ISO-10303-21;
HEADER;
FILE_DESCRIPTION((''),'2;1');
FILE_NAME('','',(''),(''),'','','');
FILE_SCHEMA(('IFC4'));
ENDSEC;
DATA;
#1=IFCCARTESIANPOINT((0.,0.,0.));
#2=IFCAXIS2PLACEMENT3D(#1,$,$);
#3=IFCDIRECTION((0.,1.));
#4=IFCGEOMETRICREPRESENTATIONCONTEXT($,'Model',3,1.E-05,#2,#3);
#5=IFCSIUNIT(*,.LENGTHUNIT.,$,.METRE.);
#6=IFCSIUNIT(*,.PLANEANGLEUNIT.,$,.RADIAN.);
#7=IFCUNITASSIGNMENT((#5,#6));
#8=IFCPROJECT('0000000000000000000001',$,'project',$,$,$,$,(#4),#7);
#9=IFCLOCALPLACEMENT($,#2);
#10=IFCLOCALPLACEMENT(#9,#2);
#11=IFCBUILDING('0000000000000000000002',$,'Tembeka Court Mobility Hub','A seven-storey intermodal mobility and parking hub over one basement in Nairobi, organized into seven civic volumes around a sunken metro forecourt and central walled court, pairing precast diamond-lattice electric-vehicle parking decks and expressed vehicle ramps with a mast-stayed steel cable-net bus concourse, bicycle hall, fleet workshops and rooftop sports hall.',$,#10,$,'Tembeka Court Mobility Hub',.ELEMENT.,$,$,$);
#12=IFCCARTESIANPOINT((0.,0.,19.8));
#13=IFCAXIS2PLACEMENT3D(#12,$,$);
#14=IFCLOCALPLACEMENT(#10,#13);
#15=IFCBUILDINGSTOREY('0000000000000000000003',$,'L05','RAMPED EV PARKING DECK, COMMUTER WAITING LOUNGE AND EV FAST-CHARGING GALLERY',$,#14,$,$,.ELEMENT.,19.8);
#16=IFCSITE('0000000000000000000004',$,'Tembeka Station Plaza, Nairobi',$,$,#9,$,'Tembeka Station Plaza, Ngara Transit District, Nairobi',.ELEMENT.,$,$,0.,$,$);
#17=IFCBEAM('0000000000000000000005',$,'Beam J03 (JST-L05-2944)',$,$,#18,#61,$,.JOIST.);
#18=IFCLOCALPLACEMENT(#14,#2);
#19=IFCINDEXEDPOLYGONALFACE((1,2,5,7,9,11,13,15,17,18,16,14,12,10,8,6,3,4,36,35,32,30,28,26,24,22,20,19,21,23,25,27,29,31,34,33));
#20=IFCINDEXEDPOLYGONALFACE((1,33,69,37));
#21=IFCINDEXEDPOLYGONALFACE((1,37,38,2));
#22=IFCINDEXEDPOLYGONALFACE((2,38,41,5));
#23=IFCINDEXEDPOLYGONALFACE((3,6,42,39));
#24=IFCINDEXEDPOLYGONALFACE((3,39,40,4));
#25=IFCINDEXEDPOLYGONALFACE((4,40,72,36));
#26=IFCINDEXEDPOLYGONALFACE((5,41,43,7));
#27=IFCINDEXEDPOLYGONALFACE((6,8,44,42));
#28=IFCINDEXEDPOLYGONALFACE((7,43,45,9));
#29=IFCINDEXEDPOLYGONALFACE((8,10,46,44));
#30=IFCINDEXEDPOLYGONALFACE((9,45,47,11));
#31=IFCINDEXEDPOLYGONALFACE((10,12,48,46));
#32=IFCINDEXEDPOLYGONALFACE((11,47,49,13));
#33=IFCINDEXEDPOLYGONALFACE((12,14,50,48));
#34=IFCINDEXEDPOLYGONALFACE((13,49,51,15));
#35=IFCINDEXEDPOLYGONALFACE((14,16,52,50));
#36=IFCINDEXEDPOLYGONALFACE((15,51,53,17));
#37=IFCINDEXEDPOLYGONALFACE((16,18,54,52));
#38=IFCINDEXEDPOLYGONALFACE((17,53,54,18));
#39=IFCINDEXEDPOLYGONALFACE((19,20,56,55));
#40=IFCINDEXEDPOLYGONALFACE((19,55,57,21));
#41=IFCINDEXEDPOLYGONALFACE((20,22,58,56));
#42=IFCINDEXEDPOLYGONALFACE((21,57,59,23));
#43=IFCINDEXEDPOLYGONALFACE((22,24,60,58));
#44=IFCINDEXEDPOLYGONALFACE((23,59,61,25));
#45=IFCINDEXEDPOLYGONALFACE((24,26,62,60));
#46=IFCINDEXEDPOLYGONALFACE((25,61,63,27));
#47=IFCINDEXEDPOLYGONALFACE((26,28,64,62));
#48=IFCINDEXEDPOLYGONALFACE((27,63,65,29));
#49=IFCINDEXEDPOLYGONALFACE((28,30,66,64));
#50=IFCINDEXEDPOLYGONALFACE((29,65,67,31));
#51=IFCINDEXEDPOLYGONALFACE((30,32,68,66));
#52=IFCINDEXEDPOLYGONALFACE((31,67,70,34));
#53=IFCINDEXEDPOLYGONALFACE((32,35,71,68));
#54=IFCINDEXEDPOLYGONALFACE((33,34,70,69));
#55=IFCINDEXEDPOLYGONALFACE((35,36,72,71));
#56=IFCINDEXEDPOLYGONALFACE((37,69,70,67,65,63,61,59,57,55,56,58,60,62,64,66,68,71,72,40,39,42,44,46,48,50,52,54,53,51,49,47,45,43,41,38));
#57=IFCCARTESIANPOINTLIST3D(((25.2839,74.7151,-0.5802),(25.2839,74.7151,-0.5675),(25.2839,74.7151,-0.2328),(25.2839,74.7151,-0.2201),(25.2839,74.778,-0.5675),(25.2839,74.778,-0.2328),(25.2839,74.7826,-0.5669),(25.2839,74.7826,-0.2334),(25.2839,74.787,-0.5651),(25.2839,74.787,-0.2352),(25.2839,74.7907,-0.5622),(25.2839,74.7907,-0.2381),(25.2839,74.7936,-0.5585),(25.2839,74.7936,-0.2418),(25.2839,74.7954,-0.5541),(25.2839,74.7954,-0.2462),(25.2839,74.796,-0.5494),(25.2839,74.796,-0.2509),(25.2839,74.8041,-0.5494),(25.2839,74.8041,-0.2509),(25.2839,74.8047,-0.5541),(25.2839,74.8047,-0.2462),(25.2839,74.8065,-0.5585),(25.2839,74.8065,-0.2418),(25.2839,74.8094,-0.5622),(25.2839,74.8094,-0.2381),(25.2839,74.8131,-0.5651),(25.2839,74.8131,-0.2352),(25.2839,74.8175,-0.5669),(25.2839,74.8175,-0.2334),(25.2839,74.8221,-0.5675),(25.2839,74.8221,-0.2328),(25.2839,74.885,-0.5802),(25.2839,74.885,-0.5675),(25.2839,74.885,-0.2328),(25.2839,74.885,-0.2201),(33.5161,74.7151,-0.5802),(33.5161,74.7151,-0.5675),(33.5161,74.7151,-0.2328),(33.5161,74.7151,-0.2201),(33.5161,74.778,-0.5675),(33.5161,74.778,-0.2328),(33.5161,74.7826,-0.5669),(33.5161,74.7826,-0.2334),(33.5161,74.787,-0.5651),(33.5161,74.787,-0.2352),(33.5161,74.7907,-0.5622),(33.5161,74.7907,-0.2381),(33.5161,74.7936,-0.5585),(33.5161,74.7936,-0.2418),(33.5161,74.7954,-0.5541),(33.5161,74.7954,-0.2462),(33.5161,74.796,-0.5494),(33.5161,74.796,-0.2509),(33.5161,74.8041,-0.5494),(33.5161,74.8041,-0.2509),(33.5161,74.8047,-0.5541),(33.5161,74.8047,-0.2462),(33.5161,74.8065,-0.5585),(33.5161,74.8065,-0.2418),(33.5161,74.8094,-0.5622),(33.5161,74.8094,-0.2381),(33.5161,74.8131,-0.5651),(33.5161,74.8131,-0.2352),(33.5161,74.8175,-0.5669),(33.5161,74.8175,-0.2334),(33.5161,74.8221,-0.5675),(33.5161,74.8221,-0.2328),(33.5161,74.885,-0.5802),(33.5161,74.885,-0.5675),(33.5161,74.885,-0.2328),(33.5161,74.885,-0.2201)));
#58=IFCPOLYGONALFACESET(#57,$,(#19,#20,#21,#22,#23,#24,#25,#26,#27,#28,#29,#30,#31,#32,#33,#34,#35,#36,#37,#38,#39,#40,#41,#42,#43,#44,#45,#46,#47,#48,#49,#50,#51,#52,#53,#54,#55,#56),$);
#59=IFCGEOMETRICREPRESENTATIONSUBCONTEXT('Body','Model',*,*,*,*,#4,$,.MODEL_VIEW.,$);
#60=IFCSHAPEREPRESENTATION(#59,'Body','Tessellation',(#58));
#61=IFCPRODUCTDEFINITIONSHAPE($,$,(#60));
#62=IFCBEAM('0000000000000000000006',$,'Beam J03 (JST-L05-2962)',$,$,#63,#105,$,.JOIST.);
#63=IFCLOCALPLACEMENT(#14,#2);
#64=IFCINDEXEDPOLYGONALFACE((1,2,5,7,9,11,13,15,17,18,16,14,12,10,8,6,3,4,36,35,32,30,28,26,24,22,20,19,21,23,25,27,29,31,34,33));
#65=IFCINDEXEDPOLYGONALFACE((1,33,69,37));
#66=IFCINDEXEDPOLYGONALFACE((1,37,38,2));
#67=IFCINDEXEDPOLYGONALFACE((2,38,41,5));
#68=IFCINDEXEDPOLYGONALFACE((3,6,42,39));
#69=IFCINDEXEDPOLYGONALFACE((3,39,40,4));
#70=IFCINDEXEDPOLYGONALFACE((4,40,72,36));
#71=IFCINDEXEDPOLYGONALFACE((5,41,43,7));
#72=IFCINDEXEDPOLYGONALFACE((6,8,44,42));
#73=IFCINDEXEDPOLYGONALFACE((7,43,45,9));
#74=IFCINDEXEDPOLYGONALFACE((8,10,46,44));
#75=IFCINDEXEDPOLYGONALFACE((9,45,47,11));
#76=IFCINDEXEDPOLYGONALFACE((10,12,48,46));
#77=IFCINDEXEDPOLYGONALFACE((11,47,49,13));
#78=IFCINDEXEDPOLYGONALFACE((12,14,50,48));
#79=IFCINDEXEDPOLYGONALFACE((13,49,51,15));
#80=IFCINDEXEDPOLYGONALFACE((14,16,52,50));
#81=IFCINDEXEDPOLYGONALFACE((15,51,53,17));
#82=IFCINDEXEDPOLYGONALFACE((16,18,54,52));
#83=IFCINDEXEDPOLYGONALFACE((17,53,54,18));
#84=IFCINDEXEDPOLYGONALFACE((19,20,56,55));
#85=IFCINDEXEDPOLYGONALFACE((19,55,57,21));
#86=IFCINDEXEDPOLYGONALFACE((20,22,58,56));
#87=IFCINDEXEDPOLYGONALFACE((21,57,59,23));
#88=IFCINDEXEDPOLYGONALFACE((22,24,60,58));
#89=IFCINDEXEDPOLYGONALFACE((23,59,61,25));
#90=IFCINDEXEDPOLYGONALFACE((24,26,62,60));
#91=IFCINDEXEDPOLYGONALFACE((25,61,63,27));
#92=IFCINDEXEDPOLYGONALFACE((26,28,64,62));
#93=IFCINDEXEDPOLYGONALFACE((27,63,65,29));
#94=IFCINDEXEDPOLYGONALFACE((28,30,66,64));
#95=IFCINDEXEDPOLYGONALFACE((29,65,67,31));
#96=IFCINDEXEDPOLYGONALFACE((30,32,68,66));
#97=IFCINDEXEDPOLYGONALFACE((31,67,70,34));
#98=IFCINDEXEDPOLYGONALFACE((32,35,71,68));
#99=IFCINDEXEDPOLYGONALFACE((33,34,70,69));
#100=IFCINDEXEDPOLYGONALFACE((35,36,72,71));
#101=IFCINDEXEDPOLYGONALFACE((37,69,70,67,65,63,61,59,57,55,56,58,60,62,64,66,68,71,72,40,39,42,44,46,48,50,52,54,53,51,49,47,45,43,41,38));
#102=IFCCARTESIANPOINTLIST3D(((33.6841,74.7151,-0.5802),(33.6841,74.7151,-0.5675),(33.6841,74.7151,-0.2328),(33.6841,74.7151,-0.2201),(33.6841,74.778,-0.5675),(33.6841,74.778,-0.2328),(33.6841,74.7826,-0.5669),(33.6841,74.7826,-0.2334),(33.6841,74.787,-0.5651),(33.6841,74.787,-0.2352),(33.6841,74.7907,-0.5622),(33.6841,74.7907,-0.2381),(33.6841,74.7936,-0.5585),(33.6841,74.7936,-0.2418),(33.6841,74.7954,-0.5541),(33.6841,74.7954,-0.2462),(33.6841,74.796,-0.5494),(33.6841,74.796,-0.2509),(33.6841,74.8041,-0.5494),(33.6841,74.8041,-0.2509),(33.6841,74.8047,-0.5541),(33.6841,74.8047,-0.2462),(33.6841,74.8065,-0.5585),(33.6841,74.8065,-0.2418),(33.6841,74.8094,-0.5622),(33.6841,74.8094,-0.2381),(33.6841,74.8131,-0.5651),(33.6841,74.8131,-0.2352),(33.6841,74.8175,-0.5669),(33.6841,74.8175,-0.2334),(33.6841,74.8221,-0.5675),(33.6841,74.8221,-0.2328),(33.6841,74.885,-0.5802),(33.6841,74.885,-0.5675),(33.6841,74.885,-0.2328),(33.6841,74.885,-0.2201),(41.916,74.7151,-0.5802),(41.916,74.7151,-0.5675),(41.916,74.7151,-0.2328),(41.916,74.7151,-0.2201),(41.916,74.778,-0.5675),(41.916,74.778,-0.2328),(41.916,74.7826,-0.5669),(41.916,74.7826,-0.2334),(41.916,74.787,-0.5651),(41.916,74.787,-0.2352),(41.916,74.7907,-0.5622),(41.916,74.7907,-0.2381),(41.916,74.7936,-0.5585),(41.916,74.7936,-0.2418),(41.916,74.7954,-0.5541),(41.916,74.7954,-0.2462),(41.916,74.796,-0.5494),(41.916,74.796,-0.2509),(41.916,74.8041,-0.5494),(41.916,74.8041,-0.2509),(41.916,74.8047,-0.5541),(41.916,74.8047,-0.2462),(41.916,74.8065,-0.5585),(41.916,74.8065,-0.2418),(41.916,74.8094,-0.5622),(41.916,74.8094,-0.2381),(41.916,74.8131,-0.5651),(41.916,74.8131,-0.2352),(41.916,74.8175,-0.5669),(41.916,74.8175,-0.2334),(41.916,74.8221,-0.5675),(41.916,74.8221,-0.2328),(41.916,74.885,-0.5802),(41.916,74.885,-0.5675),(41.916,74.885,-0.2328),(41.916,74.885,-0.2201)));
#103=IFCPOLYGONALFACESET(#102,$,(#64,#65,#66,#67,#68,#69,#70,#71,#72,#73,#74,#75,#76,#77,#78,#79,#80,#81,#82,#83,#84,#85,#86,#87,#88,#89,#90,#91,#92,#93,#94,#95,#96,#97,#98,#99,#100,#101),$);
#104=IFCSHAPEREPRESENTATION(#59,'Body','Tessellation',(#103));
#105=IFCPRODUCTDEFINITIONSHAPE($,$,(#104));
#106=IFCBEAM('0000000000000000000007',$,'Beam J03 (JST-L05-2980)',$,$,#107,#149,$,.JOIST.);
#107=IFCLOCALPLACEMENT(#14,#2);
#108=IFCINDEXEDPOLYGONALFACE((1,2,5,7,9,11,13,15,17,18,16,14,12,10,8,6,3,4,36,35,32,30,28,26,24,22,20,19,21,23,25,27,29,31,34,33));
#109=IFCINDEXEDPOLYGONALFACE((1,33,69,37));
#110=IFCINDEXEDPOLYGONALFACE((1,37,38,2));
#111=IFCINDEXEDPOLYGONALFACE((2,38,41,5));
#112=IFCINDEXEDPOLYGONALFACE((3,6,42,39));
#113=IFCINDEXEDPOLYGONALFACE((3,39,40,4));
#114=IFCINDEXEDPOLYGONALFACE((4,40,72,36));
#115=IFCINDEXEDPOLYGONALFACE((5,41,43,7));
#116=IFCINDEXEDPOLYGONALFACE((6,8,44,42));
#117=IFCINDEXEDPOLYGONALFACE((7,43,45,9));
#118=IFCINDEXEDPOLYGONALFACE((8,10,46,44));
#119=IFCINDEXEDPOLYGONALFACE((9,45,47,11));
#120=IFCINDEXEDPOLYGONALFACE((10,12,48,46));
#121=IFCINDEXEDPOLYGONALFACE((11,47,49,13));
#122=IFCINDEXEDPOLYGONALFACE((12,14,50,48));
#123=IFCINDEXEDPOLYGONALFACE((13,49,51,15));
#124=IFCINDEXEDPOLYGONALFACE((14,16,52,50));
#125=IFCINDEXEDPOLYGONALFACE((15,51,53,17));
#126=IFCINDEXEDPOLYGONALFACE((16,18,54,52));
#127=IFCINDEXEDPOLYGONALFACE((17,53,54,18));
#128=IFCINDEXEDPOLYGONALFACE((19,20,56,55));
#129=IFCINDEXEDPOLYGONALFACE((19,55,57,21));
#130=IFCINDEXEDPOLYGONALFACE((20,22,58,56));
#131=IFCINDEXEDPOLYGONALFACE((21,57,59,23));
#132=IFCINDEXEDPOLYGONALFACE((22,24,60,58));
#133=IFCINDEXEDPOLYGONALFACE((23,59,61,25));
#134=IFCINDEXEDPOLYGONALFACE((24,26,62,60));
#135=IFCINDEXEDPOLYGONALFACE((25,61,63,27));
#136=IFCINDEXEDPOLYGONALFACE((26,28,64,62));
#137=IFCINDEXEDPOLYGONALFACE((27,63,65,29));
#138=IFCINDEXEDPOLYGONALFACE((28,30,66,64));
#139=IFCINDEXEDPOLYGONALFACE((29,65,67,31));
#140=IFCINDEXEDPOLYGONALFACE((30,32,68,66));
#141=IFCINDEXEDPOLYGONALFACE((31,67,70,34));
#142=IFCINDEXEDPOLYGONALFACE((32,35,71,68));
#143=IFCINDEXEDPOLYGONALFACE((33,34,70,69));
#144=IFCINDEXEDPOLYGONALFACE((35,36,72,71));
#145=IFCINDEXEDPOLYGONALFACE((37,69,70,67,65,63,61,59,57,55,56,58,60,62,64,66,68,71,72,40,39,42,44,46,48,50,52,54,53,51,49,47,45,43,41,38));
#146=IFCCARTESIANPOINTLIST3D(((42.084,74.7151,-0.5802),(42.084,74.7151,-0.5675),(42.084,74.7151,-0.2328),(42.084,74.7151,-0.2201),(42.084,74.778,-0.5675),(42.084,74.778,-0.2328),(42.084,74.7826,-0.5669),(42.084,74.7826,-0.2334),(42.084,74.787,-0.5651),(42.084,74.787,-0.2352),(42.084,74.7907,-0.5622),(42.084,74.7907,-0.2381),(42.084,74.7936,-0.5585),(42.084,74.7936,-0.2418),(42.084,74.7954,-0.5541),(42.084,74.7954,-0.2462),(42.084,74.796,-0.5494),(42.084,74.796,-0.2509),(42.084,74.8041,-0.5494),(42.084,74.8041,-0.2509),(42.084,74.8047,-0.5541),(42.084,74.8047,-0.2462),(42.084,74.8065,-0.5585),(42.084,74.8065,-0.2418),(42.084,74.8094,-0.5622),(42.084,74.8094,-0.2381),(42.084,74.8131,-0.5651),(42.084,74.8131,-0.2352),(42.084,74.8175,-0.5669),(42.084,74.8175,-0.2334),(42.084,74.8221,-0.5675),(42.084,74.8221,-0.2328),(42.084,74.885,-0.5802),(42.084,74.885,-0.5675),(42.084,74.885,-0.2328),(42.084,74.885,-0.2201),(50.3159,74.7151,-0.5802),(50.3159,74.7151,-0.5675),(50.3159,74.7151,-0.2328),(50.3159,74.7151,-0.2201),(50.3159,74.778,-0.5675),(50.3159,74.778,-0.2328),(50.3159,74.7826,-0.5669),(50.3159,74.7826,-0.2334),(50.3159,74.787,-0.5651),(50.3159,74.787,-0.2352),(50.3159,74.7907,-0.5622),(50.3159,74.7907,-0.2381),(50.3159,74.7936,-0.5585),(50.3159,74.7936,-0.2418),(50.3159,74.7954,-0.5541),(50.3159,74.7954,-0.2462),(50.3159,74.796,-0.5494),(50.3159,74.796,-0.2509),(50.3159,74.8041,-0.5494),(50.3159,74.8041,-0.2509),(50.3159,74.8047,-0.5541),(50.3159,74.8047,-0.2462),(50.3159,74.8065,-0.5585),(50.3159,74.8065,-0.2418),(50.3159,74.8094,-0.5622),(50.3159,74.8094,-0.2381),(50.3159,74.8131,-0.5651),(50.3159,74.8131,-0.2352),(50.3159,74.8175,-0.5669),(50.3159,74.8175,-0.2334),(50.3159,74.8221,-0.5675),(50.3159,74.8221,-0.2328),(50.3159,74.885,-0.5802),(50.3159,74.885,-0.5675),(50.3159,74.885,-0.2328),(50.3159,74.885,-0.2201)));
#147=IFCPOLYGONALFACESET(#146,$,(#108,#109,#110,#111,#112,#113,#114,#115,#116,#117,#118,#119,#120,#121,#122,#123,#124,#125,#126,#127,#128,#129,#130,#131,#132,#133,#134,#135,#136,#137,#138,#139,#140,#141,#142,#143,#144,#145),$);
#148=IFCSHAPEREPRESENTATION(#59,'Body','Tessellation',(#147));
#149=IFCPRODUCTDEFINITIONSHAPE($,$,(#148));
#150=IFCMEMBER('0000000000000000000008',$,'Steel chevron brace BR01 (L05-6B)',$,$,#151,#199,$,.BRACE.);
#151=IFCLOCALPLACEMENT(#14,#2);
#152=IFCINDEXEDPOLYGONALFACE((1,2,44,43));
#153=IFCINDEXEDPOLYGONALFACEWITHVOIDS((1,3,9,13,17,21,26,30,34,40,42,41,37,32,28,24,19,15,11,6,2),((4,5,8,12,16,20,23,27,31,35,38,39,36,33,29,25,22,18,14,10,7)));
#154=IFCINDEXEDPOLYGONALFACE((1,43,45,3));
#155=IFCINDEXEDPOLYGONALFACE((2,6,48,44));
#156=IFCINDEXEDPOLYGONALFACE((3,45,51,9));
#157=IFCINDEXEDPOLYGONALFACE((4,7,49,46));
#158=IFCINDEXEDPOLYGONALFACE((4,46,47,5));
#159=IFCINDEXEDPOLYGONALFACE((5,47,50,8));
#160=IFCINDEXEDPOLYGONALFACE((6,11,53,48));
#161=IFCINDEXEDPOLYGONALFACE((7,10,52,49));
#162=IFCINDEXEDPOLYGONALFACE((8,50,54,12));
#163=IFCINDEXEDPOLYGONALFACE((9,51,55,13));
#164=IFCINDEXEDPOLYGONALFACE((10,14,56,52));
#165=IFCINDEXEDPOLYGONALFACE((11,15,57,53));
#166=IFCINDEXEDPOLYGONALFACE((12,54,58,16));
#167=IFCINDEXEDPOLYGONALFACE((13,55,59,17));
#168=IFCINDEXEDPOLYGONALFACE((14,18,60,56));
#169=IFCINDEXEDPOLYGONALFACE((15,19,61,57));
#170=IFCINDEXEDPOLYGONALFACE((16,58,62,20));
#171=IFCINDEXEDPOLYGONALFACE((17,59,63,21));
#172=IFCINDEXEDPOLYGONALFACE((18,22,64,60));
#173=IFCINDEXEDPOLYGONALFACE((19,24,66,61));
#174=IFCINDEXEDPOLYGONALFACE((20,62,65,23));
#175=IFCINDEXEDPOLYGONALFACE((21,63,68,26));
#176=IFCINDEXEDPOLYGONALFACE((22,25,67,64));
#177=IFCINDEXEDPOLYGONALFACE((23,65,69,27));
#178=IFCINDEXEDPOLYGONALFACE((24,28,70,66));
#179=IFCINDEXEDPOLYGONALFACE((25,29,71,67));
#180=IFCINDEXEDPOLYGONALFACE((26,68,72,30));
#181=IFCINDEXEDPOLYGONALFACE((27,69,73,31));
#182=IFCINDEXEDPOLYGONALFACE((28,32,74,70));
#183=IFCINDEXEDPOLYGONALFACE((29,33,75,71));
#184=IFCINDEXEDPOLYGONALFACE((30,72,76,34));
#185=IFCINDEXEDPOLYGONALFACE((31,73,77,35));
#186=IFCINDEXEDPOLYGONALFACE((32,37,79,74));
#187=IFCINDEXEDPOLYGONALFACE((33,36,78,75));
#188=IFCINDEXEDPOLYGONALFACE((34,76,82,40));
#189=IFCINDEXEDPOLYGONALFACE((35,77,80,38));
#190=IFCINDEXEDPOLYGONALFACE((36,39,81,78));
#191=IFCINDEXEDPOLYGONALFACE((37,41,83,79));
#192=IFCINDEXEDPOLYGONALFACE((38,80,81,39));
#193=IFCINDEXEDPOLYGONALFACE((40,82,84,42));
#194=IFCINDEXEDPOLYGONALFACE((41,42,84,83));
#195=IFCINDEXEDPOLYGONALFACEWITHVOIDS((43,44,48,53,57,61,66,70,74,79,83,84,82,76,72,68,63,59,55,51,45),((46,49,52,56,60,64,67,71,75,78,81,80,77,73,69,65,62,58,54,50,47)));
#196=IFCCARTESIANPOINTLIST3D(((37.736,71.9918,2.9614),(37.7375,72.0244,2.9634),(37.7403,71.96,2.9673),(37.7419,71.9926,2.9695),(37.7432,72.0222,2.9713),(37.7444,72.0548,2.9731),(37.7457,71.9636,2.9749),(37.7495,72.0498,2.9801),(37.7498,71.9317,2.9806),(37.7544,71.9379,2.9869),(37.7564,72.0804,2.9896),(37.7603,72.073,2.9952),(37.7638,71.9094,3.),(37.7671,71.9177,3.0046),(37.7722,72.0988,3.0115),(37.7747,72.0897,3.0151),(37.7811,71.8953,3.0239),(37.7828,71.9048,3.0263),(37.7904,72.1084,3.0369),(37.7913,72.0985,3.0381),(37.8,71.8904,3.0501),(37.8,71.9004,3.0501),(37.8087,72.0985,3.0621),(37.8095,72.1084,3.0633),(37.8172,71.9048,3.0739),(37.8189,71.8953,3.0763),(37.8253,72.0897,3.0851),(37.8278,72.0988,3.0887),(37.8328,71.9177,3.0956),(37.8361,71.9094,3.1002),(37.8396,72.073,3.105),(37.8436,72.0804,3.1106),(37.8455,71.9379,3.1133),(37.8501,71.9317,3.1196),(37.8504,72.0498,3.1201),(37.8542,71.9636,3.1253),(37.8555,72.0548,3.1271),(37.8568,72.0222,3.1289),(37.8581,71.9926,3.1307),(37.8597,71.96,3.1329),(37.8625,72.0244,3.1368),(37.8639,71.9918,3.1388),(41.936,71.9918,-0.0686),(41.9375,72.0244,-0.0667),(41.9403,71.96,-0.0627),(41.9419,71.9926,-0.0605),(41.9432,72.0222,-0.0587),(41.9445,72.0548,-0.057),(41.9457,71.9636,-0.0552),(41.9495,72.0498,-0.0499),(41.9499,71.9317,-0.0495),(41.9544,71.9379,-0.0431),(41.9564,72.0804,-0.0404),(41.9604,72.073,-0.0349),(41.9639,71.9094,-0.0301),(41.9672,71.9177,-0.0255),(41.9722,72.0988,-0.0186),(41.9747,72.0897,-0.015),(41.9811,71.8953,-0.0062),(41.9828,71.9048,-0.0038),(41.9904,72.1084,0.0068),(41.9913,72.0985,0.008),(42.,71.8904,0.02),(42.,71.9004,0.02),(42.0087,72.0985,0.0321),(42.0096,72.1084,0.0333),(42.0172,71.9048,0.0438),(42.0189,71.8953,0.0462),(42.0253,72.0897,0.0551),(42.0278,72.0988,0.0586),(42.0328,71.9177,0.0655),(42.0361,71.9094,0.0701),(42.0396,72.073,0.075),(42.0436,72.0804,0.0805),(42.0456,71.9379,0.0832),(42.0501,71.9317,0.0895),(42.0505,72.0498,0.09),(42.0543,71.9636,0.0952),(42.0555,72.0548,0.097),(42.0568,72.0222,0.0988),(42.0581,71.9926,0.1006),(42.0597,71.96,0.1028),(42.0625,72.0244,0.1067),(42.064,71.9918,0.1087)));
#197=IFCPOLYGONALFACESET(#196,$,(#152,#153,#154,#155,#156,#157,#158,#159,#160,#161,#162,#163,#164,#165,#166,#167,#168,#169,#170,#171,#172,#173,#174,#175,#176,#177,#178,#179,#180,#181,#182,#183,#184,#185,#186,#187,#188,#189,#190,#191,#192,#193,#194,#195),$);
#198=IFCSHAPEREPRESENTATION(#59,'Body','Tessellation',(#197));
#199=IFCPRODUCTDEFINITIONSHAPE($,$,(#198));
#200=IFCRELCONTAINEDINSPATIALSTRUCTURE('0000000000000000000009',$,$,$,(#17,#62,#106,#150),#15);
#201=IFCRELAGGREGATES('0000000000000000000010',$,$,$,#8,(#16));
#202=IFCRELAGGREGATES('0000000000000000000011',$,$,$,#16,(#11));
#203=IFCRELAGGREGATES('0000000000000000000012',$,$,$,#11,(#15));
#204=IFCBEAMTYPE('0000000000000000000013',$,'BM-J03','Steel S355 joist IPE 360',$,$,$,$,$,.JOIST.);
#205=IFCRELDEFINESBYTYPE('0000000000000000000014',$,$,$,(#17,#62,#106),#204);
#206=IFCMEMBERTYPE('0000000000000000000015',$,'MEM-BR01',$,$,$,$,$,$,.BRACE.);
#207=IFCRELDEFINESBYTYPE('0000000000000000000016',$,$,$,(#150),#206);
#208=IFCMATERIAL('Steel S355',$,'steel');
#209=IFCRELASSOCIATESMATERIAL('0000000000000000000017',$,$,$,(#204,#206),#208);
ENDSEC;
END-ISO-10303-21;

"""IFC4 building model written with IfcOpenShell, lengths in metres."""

from ifc_helpers import new_model, si_unit, direction, frame, origin, origin_2d, place, context, subcontext, project, spatial, hollow_circle, i_section, extrude, material, material_profile, profile_set, type_object, element, save


model = new_model("IFC4")

# Units and contexts
model_context = context("Model", 3, precision=1e-05, world=origin(), true_north=direction((0.0, 1.0)))
body_context = subcontext(model_context, "Body", "Model", "MODEL_VIEW")
ifc_project = project(units=[si_unit("LENGTHUNIT", "METRE"), si_unit("PLANEANGLEUNIT", "RADIAN")], contexts=[model_context])

# Site, building, storey
site_placement = place(None, origin())
site = spatial("IfcSite", under=ifc_project, at=site_placement, Name="Tembeka Station Plaza, Nairobi", LongName="Tembeka Station Plaza, Ngara Transit District, Nairobi", CompositionType="ELEMENT", RefElevation=0.0)
building_placement = place(site_placement, origin())
building = spatial("IfcBuilding", under=site, at=building_placement, Name="Tembeka Court Mobility Hub", Description="A seven-storey intermodal mobility and parking hub over one basement in Nairobi, organized into seven civic volumes around a sunken metro forecourt and central walled court, pairing precast diamond-lattice electric-vehicle parking decks and expressed vehicle ramps with a mast-stayed steel cable-net bus concourse, bicycle hall, fleet workshops and rooftop sports hall.", LongName="Tembeka Court Mobility Hub", CompositionType="ELEMENT")
storey_placement = place(building_placement, frame((0.0, 0.0, 19.8)))
storey = spatial("IfcBuildingStorey", under=building, at=storey_placement, Name="L05", Description="RAMPED EV PARKING DECK, COMMUTER WAITING LOUNGE AND EV FAST-CHARGING GALLERY", CompositionType="ELEMENT", Elevation=19.8)

# Shared definitions
ifc_material = material(Name="Steel S355", Category="steel")

# Beams
ifc_material_profile_1 = material_profile(ifc_material, i_section(OverallWidth=0.1699, OverallDepth=0.3601, WebThickness=0.0081, FlangeThickness=0.0127, FilletRadius=0.0181, at=origin_2d()), Name="IPE 360")
ifc_profile_set_1 = profile_set([ifc_material_profile_1], Name="Steel S355")
beam_type_1 = type_object("IfcBeamType", Name="BM-J03", Description="Steel S355 joist IPE 360", PredefinedType="JOIST", material=ifc_profile_set_1)
beam_1_placement = place(storey_placement, frame((25.2839, 74.8, -0.4001), z_axis=(1.0, 0.0, 0.0), x_axis=(0.0, 1.0, 0.0)))
element("IfcBeam", 1, at=beam_1_placement, inside=storey, type_object=beam_type_1, Name="Beam J03 (JST-L05-2944)", PredefinedType="JOIST", context=body_context, shape_type="SweptSolid", body=[
    extrude(i_section(OverallWidth=0.1699, OverallDepth=0.3601, WebThickness=0.0081, FlangeThickness=0.0127, FilletRadius=0.0181, at=origin_2d()), origin(), (0.0, 0.0, 1.0), 8.2322),
])
for number, where, z_axis, x_axis, name in (
    (2, (33.6841, 74.8, -0.4001), (1.0, 0.0, 0.0), (0.0, 1.0, 0.0), "Beam J03 (JST-L05-2962)"),
    (3, (42.084, 74.8, -0.4001), (1.0, 0.0, 0.0), (0.0, 1.0, 0.0), "Beam J03 (JST-L05-2980)"),
):
    element("IfcBeam", number, at=place(storey_placement, frame(where, z_axis=z_axis, x_axis=x_axis)), inside=storey, type_object=beam_type_1, Name=name, PredefinedType="JOIST", context=body_context, shape_type="SweptSolid", body=[
        extrude(i_section(OverallWidth=0.1699, OverallDepth=0.3601, WebThickness=0.0081, FlangeThickness=0.0127, FilletRadius=0.0181, at=origin_2d()), origin(), (0.0, 0.0, 1.0), 8.2319),
    ])

# Member
ifc_material_profile_2 = material_profile(ifc_material, hollow_circle(Radius=0.1096, WallThickness=0.01, at=origin_2d()), Name="CHS 219.1x10")
ifc_profile_set_2 = profile_set([ifc_material_profile_2], Name="Steel S355")
member_type = type_object("IfcMemberType", Name="MEM-BR01", PredefinedType="BRACE", material=ifc_profile_set_2)
member_placement = place(storey_placement, frame((42.0, 72.0, 0.02), z_axis=(-0.810979, 0.0, 0.585076), x_axis=(0.0, -1.0, 0.0)))
element("IfcMember", 4, at=member_placement, inside=storey, type_object=member_type, Name="Steel chevron brace BR01 (L05-6B)", PredefinedType="BRACE", context=body_context, shape_type="SweptSolid", body=[
    extrude(hollow_circle(Radius=0.1096, WallThickness=0.01, at=origin_2d()), origin(), (0.0, 0.0, 1.0), 5.179),
])

save(model, "model.ifc")
